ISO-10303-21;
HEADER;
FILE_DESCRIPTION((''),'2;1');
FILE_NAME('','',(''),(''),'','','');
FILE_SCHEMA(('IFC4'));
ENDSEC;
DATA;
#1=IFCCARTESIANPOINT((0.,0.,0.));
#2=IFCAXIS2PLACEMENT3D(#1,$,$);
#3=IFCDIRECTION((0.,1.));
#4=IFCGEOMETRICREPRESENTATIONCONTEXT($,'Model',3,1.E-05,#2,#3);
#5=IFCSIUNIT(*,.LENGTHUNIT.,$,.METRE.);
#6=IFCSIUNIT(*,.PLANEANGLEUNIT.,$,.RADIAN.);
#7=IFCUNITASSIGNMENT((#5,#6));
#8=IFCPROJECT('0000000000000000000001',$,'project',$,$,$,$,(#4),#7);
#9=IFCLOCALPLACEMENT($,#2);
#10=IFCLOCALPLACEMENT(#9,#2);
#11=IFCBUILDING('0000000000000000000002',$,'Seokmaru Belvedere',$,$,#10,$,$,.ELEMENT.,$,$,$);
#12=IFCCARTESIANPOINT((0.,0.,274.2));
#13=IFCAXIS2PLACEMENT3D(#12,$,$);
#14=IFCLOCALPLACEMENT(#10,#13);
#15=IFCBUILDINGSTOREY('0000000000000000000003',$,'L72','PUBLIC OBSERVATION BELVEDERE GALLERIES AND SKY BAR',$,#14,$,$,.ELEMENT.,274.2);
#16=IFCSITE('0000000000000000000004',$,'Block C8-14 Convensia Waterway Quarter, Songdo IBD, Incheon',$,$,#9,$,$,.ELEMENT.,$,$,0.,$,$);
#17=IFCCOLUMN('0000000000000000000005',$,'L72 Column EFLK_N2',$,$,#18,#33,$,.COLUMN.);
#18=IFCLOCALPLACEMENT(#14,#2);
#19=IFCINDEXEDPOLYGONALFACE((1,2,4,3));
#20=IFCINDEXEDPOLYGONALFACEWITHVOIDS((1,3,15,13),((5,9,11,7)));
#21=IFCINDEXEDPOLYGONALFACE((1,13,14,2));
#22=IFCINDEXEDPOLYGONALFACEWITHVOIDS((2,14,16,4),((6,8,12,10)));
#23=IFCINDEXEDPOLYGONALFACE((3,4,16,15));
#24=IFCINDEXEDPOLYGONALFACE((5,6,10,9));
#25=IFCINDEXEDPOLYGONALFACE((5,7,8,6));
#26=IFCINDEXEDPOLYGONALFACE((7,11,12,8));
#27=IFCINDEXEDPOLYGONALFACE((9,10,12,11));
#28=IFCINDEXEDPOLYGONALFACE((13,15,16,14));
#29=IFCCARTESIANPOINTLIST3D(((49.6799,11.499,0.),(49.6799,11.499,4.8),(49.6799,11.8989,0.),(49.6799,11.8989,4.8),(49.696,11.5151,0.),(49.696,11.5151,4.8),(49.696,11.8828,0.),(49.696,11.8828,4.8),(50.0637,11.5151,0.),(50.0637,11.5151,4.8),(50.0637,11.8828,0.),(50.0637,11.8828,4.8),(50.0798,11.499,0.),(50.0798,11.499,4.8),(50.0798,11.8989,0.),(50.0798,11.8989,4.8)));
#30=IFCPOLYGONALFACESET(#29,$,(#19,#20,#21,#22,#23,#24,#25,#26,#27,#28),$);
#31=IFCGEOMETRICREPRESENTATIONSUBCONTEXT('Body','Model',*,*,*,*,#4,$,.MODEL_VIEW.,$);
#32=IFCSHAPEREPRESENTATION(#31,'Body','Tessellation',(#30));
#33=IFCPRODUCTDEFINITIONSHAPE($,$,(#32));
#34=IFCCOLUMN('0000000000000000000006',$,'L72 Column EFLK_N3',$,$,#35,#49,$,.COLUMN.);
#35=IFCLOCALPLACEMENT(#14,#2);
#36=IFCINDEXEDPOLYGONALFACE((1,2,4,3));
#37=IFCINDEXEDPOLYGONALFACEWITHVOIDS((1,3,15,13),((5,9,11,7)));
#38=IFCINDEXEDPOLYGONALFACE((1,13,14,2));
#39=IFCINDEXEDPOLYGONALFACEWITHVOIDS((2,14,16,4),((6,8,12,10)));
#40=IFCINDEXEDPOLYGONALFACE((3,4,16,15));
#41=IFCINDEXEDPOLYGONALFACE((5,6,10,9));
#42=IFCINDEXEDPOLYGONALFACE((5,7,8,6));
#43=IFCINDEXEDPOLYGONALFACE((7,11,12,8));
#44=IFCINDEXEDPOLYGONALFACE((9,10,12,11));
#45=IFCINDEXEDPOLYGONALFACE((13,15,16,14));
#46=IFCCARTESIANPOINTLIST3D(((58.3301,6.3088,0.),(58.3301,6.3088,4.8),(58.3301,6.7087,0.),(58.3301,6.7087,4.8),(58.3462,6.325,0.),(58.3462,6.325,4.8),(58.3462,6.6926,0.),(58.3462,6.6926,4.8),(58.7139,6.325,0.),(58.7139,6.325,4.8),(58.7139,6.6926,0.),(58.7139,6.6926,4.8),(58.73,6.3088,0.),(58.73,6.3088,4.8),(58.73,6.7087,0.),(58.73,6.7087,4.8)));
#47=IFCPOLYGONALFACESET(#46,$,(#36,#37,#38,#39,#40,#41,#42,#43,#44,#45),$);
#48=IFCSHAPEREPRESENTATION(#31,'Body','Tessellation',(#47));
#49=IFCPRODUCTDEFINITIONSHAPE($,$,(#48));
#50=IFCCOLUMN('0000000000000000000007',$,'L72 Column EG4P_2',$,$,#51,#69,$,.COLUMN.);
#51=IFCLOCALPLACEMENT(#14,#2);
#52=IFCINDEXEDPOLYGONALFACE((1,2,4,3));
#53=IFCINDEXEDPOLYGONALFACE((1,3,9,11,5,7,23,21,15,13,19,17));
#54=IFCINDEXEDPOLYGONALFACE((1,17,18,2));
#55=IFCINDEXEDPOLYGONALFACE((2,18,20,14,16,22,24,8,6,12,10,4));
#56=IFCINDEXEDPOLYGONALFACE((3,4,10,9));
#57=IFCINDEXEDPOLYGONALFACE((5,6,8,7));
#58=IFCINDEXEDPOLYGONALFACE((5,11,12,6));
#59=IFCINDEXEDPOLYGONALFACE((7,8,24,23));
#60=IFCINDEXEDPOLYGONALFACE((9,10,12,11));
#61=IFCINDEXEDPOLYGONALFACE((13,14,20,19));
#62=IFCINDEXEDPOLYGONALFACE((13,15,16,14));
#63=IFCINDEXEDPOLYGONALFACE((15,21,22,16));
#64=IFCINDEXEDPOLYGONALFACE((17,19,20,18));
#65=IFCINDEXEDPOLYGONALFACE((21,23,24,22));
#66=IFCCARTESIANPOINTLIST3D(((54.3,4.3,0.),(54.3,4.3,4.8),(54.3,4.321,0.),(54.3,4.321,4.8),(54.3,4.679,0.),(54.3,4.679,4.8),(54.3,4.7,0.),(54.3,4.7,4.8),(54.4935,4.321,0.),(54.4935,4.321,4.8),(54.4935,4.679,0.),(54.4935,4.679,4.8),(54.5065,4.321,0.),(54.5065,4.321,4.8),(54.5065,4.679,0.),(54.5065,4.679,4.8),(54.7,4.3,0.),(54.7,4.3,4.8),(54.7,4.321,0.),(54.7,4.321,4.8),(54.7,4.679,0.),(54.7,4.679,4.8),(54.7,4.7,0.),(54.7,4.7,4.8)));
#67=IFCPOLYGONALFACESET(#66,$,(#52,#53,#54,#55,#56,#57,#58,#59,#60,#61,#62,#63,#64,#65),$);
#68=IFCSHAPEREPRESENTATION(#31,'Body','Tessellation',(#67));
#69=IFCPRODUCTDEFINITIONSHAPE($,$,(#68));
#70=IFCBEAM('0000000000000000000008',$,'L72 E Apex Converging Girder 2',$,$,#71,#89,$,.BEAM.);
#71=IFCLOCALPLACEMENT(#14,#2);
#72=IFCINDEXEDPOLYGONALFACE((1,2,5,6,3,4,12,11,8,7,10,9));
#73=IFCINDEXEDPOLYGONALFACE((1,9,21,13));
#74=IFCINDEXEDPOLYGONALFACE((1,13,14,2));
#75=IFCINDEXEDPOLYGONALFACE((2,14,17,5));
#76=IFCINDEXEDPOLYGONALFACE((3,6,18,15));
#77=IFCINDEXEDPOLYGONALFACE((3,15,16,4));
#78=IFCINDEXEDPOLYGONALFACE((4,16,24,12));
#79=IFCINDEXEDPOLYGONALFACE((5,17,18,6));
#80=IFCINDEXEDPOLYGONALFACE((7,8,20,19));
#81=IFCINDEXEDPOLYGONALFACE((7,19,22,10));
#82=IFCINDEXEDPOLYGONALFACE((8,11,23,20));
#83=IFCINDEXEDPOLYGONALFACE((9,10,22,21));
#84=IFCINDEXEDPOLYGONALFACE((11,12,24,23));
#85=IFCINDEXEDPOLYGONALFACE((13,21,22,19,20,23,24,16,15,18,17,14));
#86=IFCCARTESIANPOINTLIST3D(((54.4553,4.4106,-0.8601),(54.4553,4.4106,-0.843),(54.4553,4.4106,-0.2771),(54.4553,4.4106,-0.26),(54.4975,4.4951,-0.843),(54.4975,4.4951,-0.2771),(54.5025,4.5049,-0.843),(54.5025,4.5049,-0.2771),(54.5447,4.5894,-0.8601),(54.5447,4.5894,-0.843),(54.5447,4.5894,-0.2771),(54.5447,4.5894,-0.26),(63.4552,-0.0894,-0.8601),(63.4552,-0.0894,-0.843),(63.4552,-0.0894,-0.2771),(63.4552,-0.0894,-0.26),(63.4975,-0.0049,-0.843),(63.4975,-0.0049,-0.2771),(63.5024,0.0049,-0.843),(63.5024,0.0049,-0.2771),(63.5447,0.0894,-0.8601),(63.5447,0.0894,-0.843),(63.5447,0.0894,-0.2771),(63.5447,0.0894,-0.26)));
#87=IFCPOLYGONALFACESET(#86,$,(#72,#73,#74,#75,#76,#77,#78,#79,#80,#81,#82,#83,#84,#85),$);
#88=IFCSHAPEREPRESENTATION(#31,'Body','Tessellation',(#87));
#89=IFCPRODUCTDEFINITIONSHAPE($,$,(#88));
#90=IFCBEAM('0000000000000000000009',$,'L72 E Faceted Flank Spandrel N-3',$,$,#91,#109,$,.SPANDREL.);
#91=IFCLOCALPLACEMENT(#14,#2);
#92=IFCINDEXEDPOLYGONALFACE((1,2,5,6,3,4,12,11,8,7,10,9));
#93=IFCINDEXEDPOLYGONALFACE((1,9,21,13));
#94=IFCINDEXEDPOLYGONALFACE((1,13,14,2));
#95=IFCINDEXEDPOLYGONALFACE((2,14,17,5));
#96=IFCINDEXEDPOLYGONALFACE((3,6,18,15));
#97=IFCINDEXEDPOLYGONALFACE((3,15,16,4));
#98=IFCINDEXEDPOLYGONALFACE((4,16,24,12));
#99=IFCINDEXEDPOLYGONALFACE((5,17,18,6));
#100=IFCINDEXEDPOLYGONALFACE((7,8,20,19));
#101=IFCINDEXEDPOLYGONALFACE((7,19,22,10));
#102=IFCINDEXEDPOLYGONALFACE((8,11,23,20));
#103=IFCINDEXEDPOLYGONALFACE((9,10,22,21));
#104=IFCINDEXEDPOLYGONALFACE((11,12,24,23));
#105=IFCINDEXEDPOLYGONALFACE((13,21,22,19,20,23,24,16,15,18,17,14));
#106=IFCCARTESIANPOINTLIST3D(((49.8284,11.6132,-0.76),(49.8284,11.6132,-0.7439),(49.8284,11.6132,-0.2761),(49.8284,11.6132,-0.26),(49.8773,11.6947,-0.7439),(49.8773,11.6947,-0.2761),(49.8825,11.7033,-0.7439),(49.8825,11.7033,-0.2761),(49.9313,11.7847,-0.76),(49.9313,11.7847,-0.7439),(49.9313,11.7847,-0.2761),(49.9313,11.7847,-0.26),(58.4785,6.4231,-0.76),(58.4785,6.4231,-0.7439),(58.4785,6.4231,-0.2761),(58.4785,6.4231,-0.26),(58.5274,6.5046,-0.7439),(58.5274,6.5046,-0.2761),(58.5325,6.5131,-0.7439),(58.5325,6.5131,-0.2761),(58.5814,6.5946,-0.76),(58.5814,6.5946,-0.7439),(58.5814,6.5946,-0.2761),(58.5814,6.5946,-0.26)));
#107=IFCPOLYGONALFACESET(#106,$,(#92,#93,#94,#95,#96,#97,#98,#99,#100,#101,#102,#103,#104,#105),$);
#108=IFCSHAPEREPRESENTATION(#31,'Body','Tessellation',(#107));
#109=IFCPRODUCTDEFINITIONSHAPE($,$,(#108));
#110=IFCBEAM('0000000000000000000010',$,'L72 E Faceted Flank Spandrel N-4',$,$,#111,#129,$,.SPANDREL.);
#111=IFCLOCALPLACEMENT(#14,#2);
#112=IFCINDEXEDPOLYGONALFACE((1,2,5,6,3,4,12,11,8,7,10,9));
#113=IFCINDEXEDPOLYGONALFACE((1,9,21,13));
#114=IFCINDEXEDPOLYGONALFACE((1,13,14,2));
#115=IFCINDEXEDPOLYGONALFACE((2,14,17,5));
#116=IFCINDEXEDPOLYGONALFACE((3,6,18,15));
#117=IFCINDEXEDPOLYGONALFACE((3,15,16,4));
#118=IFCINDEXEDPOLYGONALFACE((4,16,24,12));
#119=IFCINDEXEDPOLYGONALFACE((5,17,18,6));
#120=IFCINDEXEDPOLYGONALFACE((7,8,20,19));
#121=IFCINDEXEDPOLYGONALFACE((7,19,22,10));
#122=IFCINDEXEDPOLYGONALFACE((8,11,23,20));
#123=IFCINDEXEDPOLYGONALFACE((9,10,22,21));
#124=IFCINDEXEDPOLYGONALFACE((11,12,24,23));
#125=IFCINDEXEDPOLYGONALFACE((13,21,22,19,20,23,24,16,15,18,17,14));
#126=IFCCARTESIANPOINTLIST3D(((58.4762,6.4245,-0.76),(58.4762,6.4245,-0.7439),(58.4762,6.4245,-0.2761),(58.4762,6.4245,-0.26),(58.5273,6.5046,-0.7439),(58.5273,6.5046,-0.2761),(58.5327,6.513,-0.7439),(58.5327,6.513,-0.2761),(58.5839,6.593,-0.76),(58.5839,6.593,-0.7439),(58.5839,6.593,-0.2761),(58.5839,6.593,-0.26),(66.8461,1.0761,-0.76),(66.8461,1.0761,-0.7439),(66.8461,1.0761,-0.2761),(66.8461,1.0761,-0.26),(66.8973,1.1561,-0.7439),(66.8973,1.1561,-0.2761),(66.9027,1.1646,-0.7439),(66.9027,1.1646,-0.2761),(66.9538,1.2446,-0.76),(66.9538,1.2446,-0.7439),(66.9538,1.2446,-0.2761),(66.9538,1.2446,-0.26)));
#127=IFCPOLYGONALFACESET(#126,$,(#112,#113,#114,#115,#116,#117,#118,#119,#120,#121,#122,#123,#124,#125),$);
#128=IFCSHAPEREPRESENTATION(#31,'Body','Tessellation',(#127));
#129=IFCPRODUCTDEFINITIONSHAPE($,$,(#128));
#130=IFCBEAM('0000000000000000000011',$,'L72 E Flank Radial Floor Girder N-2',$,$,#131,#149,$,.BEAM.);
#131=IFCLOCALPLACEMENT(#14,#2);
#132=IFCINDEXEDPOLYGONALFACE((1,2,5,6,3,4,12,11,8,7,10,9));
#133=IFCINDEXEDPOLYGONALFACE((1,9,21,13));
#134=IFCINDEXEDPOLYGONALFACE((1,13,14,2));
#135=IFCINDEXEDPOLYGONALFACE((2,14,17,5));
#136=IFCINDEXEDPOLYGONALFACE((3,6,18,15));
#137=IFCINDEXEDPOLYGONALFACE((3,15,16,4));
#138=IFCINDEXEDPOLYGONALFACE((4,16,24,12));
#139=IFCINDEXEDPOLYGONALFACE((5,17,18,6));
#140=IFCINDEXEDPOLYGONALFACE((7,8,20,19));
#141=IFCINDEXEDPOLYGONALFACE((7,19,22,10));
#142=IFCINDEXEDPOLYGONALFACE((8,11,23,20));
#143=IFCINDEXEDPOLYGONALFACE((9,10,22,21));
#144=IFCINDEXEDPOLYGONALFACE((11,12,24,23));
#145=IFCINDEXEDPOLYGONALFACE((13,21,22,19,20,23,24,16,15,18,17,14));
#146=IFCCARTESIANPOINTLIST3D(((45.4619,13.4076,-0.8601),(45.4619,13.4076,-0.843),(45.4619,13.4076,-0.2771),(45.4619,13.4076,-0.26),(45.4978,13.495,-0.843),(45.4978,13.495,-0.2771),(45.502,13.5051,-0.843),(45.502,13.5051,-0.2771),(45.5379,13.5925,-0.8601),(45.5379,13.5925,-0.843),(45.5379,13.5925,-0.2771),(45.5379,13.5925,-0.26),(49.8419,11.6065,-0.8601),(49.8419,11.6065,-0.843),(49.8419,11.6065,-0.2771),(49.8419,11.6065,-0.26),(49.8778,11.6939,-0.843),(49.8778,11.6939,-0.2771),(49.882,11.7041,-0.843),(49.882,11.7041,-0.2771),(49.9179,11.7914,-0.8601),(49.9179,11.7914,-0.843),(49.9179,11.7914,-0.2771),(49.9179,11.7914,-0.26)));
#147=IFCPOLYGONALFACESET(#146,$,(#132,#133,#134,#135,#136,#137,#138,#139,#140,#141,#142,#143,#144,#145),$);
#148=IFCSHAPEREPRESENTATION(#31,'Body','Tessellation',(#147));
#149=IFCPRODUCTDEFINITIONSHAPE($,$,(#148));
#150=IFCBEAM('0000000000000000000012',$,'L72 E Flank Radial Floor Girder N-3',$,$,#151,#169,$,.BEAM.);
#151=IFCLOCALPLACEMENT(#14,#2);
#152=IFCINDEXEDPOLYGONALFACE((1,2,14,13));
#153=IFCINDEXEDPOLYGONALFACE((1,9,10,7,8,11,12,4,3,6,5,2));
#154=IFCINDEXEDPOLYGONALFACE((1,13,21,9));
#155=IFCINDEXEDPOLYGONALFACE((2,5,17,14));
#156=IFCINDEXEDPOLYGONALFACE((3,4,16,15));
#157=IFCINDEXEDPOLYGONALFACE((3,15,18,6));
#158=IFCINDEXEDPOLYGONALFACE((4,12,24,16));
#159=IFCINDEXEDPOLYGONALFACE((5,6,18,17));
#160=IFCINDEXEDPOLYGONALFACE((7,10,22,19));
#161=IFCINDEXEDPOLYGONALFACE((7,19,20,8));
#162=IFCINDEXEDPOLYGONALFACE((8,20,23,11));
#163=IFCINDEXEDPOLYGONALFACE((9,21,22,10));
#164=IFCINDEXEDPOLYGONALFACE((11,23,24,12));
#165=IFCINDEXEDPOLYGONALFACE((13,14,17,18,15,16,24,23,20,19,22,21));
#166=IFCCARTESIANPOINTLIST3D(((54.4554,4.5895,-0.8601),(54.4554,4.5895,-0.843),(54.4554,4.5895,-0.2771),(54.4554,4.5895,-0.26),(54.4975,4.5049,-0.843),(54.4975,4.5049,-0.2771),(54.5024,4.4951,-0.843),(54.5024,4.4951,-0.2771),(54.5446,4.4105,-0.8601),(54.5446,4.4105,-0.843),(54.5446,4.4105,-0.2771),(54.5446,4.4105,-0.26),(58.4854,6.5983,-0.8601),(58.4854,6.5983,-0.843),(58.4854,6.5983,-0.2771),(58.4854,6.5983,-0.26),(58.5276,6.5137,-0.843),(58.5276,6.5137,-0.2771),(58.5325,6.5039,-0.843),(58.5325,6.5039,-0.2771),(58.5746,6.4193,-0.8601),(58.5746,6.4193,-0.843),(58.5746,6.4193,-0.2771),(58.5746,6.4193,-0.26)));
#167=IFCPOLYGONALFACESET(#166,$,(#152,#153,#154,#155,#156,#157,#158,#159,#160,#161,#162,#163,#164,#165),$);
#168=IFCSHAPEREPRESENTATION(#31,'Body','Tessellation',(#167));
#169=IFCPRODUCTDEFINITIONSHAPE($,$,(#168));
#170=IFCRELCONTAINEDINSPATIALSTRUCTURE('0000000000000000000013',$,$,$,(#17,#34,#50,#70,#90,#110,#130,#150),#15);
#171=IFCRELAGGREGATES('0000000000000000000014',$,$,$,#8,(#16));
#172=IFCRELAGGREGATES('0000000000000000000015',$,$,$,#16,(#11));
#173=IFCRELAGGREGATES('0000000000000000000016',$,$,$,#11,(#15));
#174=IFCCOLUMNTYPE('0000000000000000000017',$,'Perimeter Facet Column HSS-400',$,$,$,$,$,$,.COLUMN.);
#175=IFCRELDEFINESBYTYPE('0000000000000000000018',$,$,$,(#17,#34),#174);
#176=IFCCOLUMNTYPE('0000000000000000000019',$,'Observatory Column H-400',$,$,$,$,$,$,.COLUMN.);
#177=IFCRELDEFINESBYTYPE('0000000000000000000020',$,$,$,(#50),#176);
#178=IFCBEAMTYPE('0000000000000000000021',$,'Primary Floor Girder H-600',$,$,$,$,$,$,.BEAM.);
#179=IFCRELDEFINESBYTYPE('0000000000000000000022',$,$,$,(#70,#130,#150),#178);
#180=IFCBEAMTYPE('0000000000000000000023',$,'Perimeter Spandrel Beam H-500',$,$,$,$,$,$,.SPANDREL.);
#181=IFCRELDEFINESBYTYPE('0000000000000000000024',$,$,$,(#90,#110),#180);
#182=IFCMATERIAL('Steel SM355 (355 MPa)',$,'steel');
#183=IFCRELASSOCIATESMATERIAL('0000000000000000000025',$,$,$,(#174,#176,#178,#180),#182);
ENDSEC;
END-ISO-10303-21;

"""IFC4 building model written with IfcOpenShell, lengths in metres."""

from ifc_helpers import new_model, si_unit, direction, frame, origin, origin_2d, place, context, subcontext, project, spatial, hollow_rectangle, i_section, extrude, source, transform, mapped, material, material_profile, profile_set, type_object, type_shapes, element, save


model = new_model("IFC4")

# Units and contexts
model_context = context("Model", 3, precision=1e-05, world=origin(), true_north=direction((0.0, 1.0)))
body_context = subcontext(model_context, "Body", "Model", "MODEL_VIEW")
ifc_project = project(units=[si_unit("LENGTHUNIT", "METRE"), si_unit("PLANEANGLEUNIT", "RADIAN")], contexts=[model_context])

# Site, building, storey
site_placement = place(None, origin())
site = spatial("IfcSite", under=ifc_project, at=site_placement, Name="Block C8-14 Convensia Waterway Quarter, Songdo IBD, Incheon", CompositionType="ELEMENT", RefElevation=0.0)
building_placement = place(site_placement, origin())
building = spatial("IfcBuilding", under=site, at=building_placement, Name="Seokmaru Belvedere", CompositionType="ELEMENT")
storey_placement = place(building_placement, frame((0.0, 0.0, 274.2)))
storey = spatial("IfcBuildingStorey", under=building, at=storey_placement, Name="L72", Description="PUBLIC OBSERVATION BELVEDERE GALLERIES AND SKY BAR", CompositionType="ELEMENT", Elevation=274.2)

# Columns
ifc_material_1 = material(Name="Steel SM355 (355 MPa)", Category="steel")
ifc_material_profile_1 = material_profile(ifc_material_1, hollow_rectangle(XDim=0.3999, YDim=0.3999, WallThickness=0.0161, at=origin_2d()), Name="HSS-400x400x16")
ifc_profile_set_1 = profile_set([ifc_material_profile_1], Name="Steel SM355 (355 MPa)")
column_type_1 = type_object("IfcColumnType", Name="Perimeter Facet Column HSS-400", PredefinedType="COLUMN", material=ifc_profile_set_1)
shared_shape_1 = source(origin(), body_context, "Body", "SweptSolid", [
    extrude(hollow_rectangle(XDim=0.3999, YDim=0.3999, WallThickness=0.0161, at=origin_2d()), origin(), (0.0, 0.0, 1.0), 4.8),
])
type_shapes(column_type_1, [shared_shape_1])
for number, where, z_axis, x_axis, name in (
    (1, (49.8799, 11.699, 0.0), (0.0, 0.0, 1.0), (1.0, 0.0, 0.0), "L72 Column EFLK_N2"),
    (2, (58.53, 6.5088, 0.0), (0.0, 0.0, 1.0), (1.0, 0.0, 0.0), "L72 Column EFLK_N3"),
):
    element("IfcColumn", number, at=place(storey_placement, frame(where, z_axis=z_axis, x_axis=x_axis)), inside=storey, type_object=column_type_1, Name=name, PredefinedType="COLUMN", context=body_context, shape_type="MappedRepresentation", body=[
        mapped(shared_shape_1, transform((0.0, 0.0, 0.0), scale=1.0)),
    ])
ifc_material_profile_2 = material_profile(ifc_material_1, i_section(OverallWidth=0.3999, OverallDepth=0.3999, WebThickness=0.0129, FlangeThickness=0.021, at=origin_2d()), Name="H-400x400x13x21")
ifc_profile_set_2 = profile_set([ifc_material_profile_2], Name="Steel SM355 (355 MPa)")
column_type_2 = type_object("IfcColumnType", Name="Observatory Column H-400", PredefinedType="COLUMN", material=ifc_profile_set_2)
shared_shape_2 = source(origin(), body_context, "Body", "SweptSolid", [
    extrude(i_section(OverallWidth=0.3999, OverallDepth=0.3999, WebThickness=0.0129, FlangeThickness=0.021, at=origin_2d()), origin(), (0.0, 0.0, 1.0), 4.8),
])
type_shapes(column_type_2, [shared_shape_2])
column_placement = place(storey_placement, frame((54.5, 4.5, 0.0), z_axis=(0.0, 0.0, 1.0), x_axis=(1.0, 0.0, 0.0)))
element("IfcColumn", 3, at=column_placement, inside=storey, type_object=column_type_2, Name="L72 Column EG4P_2", PredefinedType="COLUMN", context=body_context, shape_type="MappedRepresentation", body=[
    mapped(shared_shape_2, transform((0.0, 0.0, 0.0), scale=1.0)),
])

# Beams
ifc_material_profile_3 = material_profile(ifc_material_1, i_section(OverallWidth=0.2, OverallDepth=0.6001, WebThickness=0.011, FlangeThickness=0.0171, at=origin_2d()), Name="H-600x200x11x17")
ifc_profile_set_3 = profile_set([ifc_material_profile_3], Name="Steel SM355 (355 MPa)")
beam_type_1 = type_object("IfcBeamType", Name="Primary Floor Girder H-600", PredefinedType="BEAM", material=ifc_profile_set_3)
shared_shape_3 = source(origin(), body_context, "Body", "SweptSolid", [
    extrude(i_section(OverallWidth=0.2, OverallDepth=0.6001, WebThickness=0.011, FlangeThickness=0.0171, at=origin_2d()), origin(), (0.0, 0.0, 1.0), 10.0623),
])
beam_1_placement = place(storey_placement, frame((54.5, 4.5, -0.5601), z_axis=(0.894427, -0.447214, 0.0), x_axis=(0.447214, 0.894427, 0.0)))
element("IfcBeam", 4, at=beam_1_placement, inside=storey, type_object=beam_type_1, Name="L72 E Apex Converging Girder 2", PredefinedType="BEAM", context=body_context, shape_type="MappedRepresentation", body=[
    mapped(shared_shape_3, transform((0.0, 0.0, 0.0), scale=1.0)),
])
ifc_material_profile_4 = material_profile(ifc_material_1, i_section(OverallWidth=0.2, OverallDepth=0.5, WebThickness=0.01, FlangeThickness=0.0161, at=origin_2d()), Name="H-500x200x10x16")
ifc_profile_set_4 = profile_set([ifc_material_profile_4], Name="Steel SM355 (355 MPa)")
beam_type_2 = type_object("IfcBeamType", Name="Perimeter Spandrel Beam H-500", PredefinedType="SPANDREL", material=ifc_profile_set_4)
shared_shape_4 = source(origin(), body_context, "Body", "SweptSolid", [
    extrude(i_section(OverallWidth=0.2, OverallDepth=0.5, WebThickness=0.01, FlangeThickness=0.0161, at=origin_2d()), origin(), (0.0, 0.0, 1.0), 10.0876),
])
beam_2_placement = place(storey_placement, frame((49.8799, 11.699, -0.51), z_axis=(0.857489, -0.514503, 0.0), x_axis=(0.514503, 0.857489, 0.0)))
element("IfcBeam", 5, at=beam_2_placement, inside=storey, type_object=beam_type_2, Name="L72 E Faceted Flank Spandrel N-3", PredefinedType="SPANDREL", context=body_context, shape_type="MappedRepresentation", body=[
    mapped(shared_shape_4, transform((0.0, 0.0, 0.0), scale=1.0)),
])
shared_shape_5 = source(origin(), body_context, "Body", "SweptSolid", [
    extrude(i_section(OverallWidth=0.2, OverallDepth=0.5, WebThickness=0.01, FlangeThickness=0.0161, at=origin_2d()), origin(), (0.0, 0.0, 1.0), 9.9329),
])
type_shapes(beam_type_2, [shared_shape_4, shared_shape_5])
beam_3_placement = place(storey_placement, frame((58.53, 6.5088, -0.51), z_axis=(0.842652, -0.538459, 0.0), x_axis=(0.538459, 0.842652, 0.0)))
element("IfcBeam", 6, at=beam_3_placement, inside=storey, type_object=beam_type_2, Name="L72 E Faceted Flank Spandrel N-4", PredefinedType="SPANDREL", context=body_context, shape_type="MappedRepresentation", body=[
    mapped(shared_shape_5, transform((0.0, 0.0, 0.0), scale=1.0)),
])
shared_shape_6 = source(origin(), body_context, "Body", "SweptSolid", [
    extrude(i_section(OverallWidth=0.2, OverallDepth=0.6001, WebThickness=0.011, FlangeThickness=0.0171, at=origin_2d()), origin(), (0.0, 0.0, 1.0), 4.7358),
])
beam_4_placement = place(storey_placement, frame((49.8799, 11.699, -0.5601), z_axis=(-0.924861, 0.380306, 0.0), x_axis=(-0.380306, -0.924861, 0.0)))
element("IfcBeam", 7, at=beam_4_placement, inside=storey, type_object=beam_type_1, Name="L72 E Flank Radial Floor Girder N-2", PredefinedType="BEAM", context=body_context, shape_type="MappedRepresentation", body=[
    mapped(shared_shape_6, transform((0.0, 0.0, 0.0), scale=1.0)),
])
shared_shape_7 = source(origin(), body_context, "Body", "SweptSolid", [
    extrude(i_section(OverallWidth=0.2, OverallDepth=0.6001, WebThickness=0.011, FlangeThickness=0.0171, at=origin_2d()), origin(), (0.0, 0.0, 1.0), 4.5029),
])
type_shapes(beam_type_1, [shared_shape_3, shared_shape_6, shared_shape_7])
beam_5_placement = place(storey_placement, frame((58.53, 6.5088, -0.5601), z_axis=(-0.89498, -0.446107, 0.0), x_axis=(0.446107, -0.89498, 0.0)))
element("IfcBeam", 8, at=beam_5_placement, inside=storey, type_object=beam_type_1, Name="L72 E Flank Radial Floor Girder N-3", PredefinedType="BEAM", context=body_context, shape_type="MappedRepresentation", body=[
    mapped(shared_shape_7, transform((0.0, 0.0, 0.0), scale=1.0)),
])

save(model, "model.ifc")
